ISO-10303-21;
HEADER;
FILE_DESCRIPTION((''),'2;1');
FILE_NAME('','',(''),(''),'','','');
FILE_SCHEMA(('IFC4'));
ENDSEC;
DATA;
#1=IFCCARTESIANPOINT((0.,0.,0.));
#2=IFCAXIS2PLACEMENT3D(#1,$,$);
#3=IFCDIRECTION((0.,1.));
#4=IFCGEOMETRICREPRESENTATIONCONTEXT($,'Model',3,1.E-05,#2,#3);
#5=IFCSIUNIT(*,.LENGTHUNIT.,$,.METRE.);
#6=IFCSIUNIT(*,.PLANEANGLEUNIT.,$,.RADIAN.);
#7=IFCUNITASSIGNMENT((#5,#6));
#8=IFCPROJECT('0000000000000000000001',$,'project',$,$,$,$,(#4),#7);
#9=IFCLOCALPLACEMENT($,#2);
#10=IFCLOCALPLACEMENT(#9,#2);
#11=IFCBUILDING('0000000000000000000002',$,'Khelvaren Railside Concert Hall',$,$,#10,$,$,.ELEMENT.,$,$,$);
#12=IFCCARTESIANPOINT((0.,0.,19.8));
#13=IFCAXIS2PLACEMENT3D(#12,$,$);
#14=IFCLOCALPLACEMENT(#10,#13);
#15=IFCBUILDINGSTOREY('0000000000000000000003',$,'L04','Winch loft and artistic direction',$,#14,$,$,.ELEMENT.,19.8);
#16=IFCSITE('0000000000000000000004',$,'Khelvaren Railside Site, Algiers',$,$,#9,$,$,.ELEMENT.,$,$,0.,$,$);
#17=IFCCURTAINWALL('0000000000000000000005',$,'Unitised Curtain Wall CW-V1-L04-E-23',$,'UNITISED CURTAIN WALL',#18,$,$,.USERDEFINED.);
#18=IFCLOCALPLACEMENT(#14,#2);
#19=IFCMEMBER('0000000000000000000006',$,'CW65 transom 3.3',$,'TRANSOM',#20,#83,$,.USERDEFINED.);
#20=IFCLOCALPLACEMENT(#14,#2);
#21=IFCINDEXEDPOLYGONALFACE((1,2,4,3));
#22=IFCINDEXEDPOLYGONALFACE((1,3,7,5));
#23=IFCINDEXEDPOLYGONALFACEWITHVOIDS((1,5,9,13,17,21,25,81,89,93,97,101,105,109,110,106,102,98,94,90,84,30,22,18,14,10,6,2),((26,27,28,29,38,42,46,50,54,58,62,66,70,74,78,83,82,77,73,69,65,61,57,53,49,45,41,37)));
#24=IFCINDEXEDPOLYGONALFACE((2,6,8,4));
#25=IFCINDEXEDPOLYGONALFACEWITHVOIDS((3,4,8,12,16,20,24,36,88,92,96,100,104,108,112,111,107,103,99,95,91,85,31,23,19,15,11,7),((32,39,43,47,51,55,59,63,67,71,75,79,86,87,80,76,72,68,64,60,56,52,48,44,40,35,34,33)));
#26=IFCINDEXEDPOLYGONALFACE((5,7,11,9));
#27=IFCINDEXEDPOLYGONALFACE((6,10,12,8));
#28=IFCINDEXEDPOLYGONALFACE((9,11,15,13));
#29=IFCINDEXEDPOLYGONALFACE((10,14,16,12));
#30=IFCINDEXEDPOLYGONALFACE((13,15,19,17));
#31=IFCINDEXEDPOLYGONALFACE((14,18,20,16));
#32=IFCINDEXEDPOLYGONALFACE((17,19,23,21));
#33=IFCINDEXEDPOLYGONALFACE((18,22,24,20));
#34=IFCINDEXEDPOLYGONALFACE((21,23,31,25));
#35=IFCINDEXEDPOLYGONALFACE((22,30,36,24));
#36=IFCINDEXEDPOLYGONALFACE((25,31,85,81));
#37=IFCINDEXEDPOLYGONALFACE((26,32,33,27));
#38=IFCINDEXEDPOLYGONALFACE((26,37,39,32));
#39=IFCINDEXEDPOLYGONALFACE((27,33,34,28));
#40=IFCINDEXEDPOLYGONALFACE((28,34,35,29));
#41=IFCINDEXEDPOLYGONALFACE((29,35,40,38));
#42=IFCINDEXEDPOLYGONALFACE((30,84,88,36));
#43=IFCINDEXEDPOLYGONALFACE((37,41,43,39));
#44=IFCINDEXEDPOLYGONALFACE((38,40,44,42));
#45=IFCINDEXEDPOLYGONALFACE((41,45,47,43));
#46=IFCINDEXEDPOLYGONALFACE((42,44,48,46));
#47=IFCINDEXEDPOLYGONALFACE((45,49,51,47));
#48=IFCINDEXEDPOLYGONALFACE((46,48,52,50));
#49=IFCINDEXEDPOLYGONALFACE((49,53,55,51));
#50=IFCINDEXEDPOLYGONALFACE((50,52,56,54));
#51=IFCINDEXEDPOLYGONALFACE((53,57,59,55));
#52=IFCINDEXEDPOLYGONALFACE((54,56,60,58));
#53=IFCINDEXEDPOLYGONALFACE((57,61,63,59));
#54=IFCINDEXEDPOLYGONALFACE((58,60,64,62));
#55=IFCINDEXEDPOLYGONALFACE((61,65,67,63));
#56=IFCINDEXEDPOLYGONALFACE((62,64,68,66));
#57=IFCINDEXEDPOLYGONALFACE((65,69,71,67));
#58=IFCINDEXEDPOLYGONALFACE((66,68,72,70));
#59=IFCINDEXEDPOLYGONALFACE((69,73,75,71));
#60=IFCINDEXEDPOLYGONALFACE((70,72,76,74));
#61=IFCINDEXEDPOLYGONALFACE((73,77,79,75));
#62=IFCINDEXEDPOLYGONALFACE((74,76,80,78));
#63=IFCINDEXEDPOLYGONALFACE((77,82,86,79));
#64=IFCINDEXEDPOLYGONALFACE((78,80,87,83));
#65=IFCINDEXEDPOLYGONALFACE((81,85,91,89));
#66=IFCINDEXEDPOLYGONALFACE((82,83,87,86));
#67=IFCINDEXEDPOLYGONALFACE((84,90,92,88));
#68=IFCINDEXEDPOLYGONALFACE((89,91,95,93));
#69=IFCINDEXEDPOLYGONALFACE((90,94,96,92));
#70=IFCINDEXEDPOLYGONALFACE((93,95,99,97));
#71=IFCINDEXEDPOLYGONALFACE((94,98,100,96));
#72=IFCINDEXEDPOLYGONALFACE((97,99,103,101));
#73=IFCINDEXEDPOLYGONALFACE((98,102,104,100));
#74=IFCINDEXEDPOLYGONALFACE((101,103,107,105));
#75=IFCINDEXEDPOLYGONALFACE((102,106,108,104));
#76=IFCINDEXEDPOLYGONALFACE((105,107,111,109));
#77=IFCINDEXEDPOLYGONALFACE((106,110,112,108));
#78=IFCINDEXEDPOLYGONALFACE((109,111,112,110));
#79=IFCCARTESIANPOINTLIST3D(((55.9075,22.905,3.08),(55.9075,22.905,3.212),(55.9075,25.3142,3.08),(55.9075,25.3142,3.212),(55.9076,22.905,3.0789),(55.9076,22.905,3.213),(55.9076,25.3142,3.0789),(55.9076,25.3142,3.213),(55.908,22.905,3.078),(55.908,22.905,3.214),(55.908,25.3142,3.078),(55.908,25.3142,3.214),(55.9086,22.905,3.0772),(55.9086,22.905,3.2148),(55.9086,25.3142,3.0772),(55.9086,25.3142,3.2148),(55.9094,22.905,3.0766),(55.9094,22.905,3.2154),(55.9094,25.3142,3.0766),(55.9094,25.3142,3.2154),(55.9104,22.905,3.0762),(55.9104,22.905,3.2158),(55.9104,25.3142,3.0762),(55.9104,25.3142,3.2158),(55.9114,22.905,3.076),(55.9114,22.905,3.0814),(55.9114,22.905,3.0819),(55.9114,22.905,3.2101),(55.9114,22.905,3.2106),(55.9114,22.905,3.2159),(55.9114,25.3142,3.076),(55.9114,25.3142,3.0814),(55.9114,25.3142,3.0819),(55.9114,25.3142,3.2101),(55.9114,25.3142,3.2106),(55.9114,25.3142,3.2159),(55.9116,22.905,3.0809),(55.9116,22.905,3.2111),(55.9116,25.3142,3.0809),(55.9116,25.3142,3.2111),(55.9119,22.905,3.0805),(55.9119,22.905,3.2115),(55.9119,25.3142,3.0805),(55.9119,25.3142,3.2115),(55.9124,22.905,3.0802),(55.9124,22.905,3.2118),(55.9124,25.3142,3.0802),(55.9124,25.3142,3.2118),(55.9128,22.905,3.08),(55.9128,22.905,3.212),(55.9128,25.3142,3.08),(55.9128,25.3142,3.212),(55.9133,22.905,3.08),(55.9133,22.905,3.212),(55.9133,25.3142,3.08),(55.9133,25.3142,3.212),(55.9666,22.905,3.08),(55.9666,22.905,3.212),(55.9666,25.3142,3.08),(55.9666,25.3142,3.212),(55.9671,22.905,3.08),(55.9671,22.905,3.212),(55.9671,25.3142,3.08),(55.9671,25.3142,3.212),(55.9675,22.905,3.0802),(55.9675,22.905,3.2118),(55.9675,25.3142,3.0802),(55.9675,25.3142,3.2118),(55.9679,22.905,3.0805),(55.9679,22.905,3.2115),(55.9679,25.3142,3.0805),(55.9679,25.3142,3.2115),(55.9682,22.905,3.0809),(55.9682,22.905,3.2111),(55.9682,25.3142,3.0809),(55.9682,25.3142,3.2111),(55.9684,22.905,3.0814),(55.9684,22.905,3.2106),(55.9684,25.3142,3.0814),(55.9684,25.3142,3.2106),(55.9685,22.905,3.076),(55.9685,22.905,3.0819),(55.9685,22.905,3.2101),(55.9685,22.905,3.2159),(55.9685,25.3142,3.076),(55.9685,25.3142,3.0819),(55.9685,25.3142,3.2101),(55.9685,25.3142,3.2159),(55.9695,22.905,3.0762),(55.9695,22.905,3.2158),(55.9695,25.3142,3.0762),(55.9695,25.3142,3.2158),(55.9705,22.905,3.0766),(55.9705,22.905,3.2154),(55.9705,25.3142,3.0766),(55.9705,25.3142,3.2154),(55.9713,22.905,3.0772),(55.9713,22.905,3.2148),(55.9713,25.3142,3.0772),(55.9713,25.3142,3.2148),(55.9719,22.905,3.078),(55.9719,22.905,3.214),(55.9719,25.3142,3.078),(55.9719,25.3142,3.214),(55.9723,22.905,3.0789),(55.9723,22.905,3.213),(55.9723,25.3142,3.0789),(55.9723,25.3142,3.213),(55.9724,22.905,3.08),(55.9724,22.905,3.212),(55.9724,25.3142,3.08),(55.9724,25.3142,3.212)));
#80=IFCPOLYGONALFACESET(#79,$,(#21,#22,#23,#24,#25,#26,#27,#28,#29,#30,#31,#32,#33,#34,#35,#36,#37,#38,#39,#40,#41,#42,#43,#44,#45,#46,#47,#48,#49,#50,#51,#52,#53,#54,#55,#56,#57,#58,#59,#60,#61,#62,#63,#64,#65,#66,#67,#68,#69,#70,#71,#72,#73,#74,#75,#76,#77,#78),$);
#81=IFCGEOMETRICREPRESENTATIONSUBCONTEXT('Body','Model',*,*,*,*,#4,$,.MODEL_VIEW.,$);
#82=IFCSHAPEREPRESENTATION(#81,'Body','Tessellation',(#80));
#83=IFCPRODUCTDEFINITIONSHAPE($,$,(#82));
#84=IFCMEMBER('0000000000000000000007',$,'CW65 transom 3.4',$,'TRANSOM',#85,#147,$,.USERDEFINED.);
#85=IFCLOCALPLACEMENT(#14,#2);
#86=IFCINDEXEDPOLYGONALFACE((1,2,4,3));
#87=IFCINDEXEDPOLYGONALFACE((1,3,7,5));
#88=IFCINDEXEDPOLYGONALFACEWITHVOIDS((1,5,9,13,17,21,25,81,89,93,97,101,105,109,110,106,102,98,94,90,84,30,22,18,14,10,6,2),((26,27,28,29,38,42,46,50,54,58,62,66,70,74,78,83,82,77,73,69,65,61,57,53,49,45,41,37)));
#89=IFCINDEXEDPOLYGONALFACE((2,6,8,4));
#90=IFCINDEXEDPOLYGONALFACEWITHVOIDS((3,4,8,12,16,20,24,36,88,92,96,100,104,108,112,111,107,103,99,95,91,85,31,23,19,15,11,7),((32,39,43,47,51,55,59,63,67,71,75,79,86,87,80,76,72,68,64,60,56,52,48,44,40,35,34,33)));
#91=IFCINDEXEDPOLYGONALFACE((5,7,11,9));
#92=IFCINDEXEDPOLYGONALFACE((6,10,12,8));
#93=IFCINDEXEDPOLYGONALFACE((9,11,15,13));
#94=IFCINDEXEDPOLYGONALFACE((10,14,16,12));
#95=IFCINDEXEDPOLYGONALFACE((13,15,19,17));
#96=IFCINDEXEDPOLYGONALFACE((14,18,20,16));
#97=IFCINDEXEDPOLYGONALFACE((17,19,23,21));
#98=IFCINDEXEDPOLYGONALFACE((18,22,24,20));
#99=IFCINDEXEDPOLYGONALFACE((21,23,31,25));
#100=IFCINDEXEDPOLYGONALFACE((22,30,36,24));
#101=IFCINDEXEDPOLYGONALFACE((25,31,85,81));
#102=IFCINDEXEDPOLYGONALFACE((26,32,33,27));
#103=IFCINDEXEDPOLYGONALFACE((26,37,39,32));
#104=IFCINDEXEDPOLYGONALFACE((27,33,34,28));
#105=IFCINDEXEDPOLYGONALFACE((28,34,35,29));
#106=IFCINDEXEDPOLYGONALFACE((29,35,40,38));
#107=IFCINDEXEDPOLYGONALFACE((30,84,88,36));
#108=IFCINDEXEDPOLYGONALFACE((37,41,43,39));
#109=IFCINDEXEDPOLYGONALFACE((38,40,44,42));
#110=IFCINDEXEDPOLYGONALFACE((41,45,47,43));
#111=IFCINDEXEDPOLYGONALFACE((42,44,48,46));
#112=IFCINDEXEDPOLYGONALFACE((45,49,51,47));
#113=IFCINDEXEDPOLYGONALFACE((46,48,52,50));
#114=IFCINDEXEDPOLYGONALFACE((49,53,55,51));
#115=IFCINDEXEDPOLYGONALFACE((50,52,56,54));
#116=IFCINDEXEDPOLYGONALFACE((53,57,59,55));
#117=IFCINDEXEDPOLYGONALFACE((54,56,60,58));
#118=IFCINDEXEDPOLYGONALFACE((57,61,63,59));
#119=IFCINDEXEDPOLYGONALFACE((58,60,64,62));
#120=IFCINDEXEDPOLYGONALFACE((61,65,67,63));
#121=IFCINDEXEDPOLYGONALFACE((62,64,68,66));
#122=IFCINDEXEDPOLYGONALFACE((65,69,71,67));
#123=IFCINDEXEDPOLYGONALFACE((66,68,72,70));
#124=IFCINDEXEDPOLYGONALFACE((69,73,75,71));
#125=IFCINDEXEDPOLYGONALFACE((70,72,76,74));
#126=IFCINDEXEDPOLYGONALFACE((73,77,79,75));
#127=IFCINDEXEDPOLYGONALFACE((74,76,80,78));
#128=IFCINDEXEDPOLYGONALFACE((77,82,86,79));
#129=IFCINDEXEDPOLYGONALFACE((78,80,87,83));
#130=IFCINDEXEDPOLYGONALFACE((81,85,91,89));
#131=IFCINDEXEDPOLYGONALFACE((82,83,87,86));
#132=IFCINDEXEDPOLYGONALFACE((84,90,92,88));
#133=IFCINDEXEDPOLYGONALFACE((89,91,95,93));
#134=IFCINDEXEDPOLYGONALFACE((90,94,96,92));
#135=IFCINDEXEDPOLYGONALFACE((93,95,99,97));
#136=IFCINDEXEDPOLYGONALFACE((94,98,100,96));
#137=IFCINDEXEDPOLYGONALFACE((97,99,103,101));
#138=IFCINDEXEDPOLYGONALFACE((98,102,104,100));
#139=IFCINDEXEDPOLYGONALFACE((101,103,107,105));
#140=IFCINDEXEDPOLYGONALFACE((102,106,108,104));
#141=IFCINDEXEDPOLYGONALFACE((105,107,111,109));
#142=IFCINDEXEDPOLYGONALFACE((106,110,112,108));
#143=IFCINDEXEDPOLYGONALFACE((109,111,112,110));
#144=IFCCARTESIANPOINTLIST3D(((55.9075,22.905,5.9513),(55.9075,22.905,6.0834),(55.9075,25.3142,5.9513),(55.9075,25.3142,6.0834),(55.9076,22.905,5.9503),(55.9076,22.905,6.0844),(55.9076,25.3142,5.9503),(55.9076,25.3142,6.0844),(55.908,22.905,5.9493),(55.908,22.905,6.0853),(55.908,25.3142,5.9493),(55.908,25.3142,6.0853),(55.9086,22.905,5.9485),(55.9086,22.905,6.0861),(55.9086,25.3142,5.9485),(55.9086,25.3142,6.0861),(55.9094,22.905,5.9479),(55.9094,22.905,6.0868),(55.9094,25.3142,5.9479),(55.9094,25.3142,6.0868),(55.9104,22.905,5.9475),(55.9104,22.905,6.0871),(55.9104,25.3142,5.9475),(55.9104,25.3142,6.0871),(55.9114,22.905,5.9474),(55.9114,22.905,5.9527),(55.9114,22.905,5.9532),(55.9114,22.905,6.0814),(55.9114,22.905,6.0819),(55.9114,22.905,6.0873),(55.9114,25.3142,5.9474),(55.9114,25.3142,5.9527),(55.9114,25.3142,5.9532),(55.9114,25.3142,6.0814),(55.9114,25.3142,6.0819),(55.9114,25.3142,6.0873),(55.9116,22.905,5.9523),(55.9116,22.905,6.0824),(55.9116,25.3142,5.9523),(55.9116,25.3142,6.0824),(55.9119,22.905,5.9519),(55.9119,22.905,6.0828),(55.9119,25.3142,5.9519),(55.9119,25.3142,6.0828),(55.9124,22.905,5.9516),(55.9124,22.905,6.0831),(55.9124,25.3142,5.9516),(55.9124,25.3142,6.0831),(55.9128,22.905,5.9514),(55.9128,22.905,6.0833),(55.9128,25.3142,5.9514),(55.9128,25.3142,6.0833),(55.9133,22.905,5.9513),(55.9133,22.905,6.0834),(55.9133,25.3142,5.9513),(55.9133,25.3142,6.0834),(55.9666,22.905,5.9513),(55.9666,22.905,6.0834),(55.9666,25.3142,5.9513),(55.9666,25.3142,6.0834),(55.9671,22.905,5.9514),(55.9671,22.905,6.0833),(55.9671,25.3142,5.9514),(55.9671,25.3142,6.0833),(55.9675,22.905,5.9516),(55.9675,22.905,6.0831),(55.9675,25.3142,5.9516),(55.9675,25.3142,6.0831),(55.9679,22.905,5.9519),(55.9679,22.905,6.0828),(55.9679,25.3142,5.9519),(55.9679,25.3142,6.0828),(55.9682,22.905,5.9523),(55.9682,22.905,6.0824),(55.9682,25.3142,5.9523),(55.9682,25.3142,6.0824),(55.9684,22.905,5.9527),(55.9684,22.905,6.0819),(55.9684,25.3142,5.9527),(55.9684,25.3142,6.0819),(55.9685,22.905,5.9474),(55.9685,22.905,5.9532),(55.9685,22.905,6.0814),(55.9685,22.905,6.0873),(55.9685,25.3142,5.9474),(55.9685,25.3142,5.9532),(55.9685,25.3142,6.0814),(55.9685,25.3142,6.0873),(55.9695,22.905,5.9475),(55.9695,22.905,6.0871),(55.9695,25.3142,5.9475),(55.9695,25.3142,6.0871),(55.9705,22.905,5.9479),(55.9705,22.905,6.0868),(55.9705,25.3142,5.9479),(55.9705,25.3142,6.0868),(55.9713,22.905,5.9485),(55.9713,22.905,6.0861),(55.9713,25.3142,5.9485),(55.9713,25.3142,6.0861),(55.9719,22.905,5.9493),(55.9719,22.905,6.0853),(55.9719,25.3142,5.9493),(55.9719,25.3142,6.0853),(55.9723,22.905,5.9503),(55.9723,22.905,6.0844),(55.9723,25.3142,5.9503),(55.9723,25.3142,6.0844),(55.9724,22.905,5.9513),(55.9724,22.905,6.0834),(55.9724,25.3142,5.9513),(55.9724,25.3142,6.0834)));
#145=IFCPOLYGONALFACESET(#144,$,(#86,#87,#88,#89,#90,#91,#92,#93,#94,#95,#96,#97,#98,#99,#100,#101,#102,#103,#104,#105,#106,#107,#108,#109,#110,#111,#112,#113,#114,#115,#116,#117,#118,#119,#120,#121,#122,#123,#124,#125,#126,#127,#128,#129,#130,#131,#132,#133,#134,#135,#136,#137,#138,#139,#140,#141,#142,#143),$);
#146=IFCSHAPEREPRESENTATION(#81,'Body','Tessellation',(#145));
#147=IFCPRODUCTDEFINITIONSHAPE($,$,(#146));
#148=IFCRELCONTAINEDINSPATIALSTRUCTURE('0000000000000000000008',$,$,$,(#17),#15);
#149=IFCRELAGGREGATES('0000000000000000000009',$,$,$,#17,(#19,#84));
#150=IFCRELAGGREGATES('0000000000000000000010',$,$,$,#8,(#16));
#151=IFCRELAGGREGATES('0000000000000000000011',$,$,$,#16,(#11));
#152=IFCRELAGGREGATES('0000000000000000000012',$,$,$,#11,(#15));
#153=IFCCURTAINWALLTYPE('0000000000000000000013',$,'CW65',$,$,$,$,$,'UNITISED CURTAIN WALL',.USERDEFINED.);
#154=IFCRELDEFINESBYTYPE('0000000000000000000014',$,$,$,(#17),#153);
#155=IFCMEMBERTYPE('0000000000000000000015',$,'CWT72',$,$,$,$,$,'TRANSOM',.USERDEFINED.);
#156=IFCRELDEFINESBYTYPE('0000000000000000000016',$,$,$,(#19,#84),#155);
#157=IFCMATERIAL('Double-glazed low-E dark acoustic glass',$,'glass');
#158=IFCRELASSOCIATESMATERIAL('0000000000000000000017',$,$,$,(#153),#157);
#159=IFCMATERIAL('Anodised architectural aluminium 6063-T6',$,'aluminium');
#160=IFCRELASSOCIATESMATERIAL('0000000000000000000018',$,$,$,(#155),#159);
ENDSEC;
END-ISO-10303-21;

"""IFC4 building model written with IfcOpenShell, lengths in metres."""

from ifc_helpers import new_model, si_unit, direction, frame, origin, origin_2d, place, context, subcontext, project, spatial, hollow_rectangle, extrude, material, material_profile, profile_set, type_object, element, aggregate, save


model = new_model("IFC4")

# Units and contexts
model_context = context("Model", 3, precision=1e-05, world=origin(), true_north=direction((0.0, 1.0)))
body_context = subcontext(model_context, "Body", "Model", "MODEL_VIEW")
ifc_project = project(units=[si_unit("LENGTHUNIT", "METRE"), si_unit("PLANEANGLEUNIT", "RADIAN")], contexts=[model_context])

# Site, building, storey
site_placement = place(None, origin())
site = spatial("IfcSite", under=ifc_project, at=site_placement, Name="Khelvaren Railside Site, Algiers", CompositionType="ELEMENT", RefElevation=0.0)
building_placement = place(site_placement, origin())
building = spatial("IfcBuilding", under=site, at=building_placement, Name="Khelvaren Railside Concert Hall", CompositionType="ELEMENT")
storey_placement = place(building_placement, frame((0.0, 0.0, 19.8)))
storey = spatial("IfcBuildingStorey", under=building, at=storey_placement, Name="L04", Description="Winch loft and artistic direction", CompositionType="ELEMENT", Elevation=19.8)

# Shared definitions
ifc_material_1 = material(Name="Anodised architectural aluminium 6063-T6", Category="aluminium")
ifc_material_2 = material(Name="Double-glazed low-E dark acoustic glass", Category="glass")

# Curtain wall
curtain_wall_type_1 = type_object("IfcCurtainWallType", Name="CW65", ElementType="UNITISED CURTAIN WALL", PredefinedType="USERDEFINED", material=ifc_material_2)
curtain_wall_1_placement = place(storey_placement, origin())
curtain_wall_1 = element("IfcCurtainWall", 1, at=curtain_wall_1_placement, inside=storey, type_object=curtain_wall_type_1, Name="Unitised Curtain Wall CW-V1-L04-E-23", ObjectType="UNITISED CURTAIN WALL", PredefinedType="USERDEFINED")

# Members
ifc_material_profile_1 = material_profile(ifc_material_1, hollow_rectangle(XDim=0.0649, YDim=0.1399, WallThickness=0.0039, InnerFilletRadius=0.002, OuterFilletRadius=0.0039, at=origin_2d()), Name="CWT 65x140x4")
ifc_profile_set_1 = profile_set([ifc_material_profile_1], Name="Anodised architectural aluminium 6063-T6")
member_type_1 = type_object("IfcMemberType", Name="CWT72", ElementType="TRANSOM", PredefinedType="USERDEFINED", material=ifc_profile_set_1)
member_1_placement = place(storey_placement, frame((55.9399, 25.3142, 3.146), z_axis=(0.0, -1.0, 0.0), x_axis=(1.0, 0.0, 0.0)))
member_1 = element("IfcMember", 2, at=member_1_placement, type_object=member_type_1, Name="CW65 transom 3.3", ObjectType="TRANSOM", PredefinedType="USERDEFINED", context=body_context, shape_type="SweptSolid", body=[
    extrude(hollow_rectangle(XDim=0.0649, YDim=0.1399, WallThickness=0.0039, InnerFilletRadius=0.002, OuterFilletRadius=0.0039, at=origin_2d()), origin(), (0.0, 0.0, 1.0), 2.4092),
])
member_2_placement = place(storey_placement, frame((55.9399, 25.3142, 6.0173), z_axis=(0.0, -1.0, 0.0), x_axis=(1.0, 0.0, 0.0)))
member_2 = element("IfcMember", 3, at=member_2_placement, type_object=member_type_1, Name="CW65 transom 3.4", ObjectType="TRANSOM", PredefinedType="USERDEFINED", context=body_context, shape_type="SweptSolid", body=[
    extrude(hollow_rectangle(XDim=0.0649, YDim=0.1399, WallThickness=0.0039, InnerFilletRadius=0.002, OuterFilletRadius=0.0039, at=origin_2d()), origin(), (0.0, 0.0, 1.0), 2.4092),
])

aggregate(curtain_wall_1, [member_1, member_2])

save(model, "model.ifc")
